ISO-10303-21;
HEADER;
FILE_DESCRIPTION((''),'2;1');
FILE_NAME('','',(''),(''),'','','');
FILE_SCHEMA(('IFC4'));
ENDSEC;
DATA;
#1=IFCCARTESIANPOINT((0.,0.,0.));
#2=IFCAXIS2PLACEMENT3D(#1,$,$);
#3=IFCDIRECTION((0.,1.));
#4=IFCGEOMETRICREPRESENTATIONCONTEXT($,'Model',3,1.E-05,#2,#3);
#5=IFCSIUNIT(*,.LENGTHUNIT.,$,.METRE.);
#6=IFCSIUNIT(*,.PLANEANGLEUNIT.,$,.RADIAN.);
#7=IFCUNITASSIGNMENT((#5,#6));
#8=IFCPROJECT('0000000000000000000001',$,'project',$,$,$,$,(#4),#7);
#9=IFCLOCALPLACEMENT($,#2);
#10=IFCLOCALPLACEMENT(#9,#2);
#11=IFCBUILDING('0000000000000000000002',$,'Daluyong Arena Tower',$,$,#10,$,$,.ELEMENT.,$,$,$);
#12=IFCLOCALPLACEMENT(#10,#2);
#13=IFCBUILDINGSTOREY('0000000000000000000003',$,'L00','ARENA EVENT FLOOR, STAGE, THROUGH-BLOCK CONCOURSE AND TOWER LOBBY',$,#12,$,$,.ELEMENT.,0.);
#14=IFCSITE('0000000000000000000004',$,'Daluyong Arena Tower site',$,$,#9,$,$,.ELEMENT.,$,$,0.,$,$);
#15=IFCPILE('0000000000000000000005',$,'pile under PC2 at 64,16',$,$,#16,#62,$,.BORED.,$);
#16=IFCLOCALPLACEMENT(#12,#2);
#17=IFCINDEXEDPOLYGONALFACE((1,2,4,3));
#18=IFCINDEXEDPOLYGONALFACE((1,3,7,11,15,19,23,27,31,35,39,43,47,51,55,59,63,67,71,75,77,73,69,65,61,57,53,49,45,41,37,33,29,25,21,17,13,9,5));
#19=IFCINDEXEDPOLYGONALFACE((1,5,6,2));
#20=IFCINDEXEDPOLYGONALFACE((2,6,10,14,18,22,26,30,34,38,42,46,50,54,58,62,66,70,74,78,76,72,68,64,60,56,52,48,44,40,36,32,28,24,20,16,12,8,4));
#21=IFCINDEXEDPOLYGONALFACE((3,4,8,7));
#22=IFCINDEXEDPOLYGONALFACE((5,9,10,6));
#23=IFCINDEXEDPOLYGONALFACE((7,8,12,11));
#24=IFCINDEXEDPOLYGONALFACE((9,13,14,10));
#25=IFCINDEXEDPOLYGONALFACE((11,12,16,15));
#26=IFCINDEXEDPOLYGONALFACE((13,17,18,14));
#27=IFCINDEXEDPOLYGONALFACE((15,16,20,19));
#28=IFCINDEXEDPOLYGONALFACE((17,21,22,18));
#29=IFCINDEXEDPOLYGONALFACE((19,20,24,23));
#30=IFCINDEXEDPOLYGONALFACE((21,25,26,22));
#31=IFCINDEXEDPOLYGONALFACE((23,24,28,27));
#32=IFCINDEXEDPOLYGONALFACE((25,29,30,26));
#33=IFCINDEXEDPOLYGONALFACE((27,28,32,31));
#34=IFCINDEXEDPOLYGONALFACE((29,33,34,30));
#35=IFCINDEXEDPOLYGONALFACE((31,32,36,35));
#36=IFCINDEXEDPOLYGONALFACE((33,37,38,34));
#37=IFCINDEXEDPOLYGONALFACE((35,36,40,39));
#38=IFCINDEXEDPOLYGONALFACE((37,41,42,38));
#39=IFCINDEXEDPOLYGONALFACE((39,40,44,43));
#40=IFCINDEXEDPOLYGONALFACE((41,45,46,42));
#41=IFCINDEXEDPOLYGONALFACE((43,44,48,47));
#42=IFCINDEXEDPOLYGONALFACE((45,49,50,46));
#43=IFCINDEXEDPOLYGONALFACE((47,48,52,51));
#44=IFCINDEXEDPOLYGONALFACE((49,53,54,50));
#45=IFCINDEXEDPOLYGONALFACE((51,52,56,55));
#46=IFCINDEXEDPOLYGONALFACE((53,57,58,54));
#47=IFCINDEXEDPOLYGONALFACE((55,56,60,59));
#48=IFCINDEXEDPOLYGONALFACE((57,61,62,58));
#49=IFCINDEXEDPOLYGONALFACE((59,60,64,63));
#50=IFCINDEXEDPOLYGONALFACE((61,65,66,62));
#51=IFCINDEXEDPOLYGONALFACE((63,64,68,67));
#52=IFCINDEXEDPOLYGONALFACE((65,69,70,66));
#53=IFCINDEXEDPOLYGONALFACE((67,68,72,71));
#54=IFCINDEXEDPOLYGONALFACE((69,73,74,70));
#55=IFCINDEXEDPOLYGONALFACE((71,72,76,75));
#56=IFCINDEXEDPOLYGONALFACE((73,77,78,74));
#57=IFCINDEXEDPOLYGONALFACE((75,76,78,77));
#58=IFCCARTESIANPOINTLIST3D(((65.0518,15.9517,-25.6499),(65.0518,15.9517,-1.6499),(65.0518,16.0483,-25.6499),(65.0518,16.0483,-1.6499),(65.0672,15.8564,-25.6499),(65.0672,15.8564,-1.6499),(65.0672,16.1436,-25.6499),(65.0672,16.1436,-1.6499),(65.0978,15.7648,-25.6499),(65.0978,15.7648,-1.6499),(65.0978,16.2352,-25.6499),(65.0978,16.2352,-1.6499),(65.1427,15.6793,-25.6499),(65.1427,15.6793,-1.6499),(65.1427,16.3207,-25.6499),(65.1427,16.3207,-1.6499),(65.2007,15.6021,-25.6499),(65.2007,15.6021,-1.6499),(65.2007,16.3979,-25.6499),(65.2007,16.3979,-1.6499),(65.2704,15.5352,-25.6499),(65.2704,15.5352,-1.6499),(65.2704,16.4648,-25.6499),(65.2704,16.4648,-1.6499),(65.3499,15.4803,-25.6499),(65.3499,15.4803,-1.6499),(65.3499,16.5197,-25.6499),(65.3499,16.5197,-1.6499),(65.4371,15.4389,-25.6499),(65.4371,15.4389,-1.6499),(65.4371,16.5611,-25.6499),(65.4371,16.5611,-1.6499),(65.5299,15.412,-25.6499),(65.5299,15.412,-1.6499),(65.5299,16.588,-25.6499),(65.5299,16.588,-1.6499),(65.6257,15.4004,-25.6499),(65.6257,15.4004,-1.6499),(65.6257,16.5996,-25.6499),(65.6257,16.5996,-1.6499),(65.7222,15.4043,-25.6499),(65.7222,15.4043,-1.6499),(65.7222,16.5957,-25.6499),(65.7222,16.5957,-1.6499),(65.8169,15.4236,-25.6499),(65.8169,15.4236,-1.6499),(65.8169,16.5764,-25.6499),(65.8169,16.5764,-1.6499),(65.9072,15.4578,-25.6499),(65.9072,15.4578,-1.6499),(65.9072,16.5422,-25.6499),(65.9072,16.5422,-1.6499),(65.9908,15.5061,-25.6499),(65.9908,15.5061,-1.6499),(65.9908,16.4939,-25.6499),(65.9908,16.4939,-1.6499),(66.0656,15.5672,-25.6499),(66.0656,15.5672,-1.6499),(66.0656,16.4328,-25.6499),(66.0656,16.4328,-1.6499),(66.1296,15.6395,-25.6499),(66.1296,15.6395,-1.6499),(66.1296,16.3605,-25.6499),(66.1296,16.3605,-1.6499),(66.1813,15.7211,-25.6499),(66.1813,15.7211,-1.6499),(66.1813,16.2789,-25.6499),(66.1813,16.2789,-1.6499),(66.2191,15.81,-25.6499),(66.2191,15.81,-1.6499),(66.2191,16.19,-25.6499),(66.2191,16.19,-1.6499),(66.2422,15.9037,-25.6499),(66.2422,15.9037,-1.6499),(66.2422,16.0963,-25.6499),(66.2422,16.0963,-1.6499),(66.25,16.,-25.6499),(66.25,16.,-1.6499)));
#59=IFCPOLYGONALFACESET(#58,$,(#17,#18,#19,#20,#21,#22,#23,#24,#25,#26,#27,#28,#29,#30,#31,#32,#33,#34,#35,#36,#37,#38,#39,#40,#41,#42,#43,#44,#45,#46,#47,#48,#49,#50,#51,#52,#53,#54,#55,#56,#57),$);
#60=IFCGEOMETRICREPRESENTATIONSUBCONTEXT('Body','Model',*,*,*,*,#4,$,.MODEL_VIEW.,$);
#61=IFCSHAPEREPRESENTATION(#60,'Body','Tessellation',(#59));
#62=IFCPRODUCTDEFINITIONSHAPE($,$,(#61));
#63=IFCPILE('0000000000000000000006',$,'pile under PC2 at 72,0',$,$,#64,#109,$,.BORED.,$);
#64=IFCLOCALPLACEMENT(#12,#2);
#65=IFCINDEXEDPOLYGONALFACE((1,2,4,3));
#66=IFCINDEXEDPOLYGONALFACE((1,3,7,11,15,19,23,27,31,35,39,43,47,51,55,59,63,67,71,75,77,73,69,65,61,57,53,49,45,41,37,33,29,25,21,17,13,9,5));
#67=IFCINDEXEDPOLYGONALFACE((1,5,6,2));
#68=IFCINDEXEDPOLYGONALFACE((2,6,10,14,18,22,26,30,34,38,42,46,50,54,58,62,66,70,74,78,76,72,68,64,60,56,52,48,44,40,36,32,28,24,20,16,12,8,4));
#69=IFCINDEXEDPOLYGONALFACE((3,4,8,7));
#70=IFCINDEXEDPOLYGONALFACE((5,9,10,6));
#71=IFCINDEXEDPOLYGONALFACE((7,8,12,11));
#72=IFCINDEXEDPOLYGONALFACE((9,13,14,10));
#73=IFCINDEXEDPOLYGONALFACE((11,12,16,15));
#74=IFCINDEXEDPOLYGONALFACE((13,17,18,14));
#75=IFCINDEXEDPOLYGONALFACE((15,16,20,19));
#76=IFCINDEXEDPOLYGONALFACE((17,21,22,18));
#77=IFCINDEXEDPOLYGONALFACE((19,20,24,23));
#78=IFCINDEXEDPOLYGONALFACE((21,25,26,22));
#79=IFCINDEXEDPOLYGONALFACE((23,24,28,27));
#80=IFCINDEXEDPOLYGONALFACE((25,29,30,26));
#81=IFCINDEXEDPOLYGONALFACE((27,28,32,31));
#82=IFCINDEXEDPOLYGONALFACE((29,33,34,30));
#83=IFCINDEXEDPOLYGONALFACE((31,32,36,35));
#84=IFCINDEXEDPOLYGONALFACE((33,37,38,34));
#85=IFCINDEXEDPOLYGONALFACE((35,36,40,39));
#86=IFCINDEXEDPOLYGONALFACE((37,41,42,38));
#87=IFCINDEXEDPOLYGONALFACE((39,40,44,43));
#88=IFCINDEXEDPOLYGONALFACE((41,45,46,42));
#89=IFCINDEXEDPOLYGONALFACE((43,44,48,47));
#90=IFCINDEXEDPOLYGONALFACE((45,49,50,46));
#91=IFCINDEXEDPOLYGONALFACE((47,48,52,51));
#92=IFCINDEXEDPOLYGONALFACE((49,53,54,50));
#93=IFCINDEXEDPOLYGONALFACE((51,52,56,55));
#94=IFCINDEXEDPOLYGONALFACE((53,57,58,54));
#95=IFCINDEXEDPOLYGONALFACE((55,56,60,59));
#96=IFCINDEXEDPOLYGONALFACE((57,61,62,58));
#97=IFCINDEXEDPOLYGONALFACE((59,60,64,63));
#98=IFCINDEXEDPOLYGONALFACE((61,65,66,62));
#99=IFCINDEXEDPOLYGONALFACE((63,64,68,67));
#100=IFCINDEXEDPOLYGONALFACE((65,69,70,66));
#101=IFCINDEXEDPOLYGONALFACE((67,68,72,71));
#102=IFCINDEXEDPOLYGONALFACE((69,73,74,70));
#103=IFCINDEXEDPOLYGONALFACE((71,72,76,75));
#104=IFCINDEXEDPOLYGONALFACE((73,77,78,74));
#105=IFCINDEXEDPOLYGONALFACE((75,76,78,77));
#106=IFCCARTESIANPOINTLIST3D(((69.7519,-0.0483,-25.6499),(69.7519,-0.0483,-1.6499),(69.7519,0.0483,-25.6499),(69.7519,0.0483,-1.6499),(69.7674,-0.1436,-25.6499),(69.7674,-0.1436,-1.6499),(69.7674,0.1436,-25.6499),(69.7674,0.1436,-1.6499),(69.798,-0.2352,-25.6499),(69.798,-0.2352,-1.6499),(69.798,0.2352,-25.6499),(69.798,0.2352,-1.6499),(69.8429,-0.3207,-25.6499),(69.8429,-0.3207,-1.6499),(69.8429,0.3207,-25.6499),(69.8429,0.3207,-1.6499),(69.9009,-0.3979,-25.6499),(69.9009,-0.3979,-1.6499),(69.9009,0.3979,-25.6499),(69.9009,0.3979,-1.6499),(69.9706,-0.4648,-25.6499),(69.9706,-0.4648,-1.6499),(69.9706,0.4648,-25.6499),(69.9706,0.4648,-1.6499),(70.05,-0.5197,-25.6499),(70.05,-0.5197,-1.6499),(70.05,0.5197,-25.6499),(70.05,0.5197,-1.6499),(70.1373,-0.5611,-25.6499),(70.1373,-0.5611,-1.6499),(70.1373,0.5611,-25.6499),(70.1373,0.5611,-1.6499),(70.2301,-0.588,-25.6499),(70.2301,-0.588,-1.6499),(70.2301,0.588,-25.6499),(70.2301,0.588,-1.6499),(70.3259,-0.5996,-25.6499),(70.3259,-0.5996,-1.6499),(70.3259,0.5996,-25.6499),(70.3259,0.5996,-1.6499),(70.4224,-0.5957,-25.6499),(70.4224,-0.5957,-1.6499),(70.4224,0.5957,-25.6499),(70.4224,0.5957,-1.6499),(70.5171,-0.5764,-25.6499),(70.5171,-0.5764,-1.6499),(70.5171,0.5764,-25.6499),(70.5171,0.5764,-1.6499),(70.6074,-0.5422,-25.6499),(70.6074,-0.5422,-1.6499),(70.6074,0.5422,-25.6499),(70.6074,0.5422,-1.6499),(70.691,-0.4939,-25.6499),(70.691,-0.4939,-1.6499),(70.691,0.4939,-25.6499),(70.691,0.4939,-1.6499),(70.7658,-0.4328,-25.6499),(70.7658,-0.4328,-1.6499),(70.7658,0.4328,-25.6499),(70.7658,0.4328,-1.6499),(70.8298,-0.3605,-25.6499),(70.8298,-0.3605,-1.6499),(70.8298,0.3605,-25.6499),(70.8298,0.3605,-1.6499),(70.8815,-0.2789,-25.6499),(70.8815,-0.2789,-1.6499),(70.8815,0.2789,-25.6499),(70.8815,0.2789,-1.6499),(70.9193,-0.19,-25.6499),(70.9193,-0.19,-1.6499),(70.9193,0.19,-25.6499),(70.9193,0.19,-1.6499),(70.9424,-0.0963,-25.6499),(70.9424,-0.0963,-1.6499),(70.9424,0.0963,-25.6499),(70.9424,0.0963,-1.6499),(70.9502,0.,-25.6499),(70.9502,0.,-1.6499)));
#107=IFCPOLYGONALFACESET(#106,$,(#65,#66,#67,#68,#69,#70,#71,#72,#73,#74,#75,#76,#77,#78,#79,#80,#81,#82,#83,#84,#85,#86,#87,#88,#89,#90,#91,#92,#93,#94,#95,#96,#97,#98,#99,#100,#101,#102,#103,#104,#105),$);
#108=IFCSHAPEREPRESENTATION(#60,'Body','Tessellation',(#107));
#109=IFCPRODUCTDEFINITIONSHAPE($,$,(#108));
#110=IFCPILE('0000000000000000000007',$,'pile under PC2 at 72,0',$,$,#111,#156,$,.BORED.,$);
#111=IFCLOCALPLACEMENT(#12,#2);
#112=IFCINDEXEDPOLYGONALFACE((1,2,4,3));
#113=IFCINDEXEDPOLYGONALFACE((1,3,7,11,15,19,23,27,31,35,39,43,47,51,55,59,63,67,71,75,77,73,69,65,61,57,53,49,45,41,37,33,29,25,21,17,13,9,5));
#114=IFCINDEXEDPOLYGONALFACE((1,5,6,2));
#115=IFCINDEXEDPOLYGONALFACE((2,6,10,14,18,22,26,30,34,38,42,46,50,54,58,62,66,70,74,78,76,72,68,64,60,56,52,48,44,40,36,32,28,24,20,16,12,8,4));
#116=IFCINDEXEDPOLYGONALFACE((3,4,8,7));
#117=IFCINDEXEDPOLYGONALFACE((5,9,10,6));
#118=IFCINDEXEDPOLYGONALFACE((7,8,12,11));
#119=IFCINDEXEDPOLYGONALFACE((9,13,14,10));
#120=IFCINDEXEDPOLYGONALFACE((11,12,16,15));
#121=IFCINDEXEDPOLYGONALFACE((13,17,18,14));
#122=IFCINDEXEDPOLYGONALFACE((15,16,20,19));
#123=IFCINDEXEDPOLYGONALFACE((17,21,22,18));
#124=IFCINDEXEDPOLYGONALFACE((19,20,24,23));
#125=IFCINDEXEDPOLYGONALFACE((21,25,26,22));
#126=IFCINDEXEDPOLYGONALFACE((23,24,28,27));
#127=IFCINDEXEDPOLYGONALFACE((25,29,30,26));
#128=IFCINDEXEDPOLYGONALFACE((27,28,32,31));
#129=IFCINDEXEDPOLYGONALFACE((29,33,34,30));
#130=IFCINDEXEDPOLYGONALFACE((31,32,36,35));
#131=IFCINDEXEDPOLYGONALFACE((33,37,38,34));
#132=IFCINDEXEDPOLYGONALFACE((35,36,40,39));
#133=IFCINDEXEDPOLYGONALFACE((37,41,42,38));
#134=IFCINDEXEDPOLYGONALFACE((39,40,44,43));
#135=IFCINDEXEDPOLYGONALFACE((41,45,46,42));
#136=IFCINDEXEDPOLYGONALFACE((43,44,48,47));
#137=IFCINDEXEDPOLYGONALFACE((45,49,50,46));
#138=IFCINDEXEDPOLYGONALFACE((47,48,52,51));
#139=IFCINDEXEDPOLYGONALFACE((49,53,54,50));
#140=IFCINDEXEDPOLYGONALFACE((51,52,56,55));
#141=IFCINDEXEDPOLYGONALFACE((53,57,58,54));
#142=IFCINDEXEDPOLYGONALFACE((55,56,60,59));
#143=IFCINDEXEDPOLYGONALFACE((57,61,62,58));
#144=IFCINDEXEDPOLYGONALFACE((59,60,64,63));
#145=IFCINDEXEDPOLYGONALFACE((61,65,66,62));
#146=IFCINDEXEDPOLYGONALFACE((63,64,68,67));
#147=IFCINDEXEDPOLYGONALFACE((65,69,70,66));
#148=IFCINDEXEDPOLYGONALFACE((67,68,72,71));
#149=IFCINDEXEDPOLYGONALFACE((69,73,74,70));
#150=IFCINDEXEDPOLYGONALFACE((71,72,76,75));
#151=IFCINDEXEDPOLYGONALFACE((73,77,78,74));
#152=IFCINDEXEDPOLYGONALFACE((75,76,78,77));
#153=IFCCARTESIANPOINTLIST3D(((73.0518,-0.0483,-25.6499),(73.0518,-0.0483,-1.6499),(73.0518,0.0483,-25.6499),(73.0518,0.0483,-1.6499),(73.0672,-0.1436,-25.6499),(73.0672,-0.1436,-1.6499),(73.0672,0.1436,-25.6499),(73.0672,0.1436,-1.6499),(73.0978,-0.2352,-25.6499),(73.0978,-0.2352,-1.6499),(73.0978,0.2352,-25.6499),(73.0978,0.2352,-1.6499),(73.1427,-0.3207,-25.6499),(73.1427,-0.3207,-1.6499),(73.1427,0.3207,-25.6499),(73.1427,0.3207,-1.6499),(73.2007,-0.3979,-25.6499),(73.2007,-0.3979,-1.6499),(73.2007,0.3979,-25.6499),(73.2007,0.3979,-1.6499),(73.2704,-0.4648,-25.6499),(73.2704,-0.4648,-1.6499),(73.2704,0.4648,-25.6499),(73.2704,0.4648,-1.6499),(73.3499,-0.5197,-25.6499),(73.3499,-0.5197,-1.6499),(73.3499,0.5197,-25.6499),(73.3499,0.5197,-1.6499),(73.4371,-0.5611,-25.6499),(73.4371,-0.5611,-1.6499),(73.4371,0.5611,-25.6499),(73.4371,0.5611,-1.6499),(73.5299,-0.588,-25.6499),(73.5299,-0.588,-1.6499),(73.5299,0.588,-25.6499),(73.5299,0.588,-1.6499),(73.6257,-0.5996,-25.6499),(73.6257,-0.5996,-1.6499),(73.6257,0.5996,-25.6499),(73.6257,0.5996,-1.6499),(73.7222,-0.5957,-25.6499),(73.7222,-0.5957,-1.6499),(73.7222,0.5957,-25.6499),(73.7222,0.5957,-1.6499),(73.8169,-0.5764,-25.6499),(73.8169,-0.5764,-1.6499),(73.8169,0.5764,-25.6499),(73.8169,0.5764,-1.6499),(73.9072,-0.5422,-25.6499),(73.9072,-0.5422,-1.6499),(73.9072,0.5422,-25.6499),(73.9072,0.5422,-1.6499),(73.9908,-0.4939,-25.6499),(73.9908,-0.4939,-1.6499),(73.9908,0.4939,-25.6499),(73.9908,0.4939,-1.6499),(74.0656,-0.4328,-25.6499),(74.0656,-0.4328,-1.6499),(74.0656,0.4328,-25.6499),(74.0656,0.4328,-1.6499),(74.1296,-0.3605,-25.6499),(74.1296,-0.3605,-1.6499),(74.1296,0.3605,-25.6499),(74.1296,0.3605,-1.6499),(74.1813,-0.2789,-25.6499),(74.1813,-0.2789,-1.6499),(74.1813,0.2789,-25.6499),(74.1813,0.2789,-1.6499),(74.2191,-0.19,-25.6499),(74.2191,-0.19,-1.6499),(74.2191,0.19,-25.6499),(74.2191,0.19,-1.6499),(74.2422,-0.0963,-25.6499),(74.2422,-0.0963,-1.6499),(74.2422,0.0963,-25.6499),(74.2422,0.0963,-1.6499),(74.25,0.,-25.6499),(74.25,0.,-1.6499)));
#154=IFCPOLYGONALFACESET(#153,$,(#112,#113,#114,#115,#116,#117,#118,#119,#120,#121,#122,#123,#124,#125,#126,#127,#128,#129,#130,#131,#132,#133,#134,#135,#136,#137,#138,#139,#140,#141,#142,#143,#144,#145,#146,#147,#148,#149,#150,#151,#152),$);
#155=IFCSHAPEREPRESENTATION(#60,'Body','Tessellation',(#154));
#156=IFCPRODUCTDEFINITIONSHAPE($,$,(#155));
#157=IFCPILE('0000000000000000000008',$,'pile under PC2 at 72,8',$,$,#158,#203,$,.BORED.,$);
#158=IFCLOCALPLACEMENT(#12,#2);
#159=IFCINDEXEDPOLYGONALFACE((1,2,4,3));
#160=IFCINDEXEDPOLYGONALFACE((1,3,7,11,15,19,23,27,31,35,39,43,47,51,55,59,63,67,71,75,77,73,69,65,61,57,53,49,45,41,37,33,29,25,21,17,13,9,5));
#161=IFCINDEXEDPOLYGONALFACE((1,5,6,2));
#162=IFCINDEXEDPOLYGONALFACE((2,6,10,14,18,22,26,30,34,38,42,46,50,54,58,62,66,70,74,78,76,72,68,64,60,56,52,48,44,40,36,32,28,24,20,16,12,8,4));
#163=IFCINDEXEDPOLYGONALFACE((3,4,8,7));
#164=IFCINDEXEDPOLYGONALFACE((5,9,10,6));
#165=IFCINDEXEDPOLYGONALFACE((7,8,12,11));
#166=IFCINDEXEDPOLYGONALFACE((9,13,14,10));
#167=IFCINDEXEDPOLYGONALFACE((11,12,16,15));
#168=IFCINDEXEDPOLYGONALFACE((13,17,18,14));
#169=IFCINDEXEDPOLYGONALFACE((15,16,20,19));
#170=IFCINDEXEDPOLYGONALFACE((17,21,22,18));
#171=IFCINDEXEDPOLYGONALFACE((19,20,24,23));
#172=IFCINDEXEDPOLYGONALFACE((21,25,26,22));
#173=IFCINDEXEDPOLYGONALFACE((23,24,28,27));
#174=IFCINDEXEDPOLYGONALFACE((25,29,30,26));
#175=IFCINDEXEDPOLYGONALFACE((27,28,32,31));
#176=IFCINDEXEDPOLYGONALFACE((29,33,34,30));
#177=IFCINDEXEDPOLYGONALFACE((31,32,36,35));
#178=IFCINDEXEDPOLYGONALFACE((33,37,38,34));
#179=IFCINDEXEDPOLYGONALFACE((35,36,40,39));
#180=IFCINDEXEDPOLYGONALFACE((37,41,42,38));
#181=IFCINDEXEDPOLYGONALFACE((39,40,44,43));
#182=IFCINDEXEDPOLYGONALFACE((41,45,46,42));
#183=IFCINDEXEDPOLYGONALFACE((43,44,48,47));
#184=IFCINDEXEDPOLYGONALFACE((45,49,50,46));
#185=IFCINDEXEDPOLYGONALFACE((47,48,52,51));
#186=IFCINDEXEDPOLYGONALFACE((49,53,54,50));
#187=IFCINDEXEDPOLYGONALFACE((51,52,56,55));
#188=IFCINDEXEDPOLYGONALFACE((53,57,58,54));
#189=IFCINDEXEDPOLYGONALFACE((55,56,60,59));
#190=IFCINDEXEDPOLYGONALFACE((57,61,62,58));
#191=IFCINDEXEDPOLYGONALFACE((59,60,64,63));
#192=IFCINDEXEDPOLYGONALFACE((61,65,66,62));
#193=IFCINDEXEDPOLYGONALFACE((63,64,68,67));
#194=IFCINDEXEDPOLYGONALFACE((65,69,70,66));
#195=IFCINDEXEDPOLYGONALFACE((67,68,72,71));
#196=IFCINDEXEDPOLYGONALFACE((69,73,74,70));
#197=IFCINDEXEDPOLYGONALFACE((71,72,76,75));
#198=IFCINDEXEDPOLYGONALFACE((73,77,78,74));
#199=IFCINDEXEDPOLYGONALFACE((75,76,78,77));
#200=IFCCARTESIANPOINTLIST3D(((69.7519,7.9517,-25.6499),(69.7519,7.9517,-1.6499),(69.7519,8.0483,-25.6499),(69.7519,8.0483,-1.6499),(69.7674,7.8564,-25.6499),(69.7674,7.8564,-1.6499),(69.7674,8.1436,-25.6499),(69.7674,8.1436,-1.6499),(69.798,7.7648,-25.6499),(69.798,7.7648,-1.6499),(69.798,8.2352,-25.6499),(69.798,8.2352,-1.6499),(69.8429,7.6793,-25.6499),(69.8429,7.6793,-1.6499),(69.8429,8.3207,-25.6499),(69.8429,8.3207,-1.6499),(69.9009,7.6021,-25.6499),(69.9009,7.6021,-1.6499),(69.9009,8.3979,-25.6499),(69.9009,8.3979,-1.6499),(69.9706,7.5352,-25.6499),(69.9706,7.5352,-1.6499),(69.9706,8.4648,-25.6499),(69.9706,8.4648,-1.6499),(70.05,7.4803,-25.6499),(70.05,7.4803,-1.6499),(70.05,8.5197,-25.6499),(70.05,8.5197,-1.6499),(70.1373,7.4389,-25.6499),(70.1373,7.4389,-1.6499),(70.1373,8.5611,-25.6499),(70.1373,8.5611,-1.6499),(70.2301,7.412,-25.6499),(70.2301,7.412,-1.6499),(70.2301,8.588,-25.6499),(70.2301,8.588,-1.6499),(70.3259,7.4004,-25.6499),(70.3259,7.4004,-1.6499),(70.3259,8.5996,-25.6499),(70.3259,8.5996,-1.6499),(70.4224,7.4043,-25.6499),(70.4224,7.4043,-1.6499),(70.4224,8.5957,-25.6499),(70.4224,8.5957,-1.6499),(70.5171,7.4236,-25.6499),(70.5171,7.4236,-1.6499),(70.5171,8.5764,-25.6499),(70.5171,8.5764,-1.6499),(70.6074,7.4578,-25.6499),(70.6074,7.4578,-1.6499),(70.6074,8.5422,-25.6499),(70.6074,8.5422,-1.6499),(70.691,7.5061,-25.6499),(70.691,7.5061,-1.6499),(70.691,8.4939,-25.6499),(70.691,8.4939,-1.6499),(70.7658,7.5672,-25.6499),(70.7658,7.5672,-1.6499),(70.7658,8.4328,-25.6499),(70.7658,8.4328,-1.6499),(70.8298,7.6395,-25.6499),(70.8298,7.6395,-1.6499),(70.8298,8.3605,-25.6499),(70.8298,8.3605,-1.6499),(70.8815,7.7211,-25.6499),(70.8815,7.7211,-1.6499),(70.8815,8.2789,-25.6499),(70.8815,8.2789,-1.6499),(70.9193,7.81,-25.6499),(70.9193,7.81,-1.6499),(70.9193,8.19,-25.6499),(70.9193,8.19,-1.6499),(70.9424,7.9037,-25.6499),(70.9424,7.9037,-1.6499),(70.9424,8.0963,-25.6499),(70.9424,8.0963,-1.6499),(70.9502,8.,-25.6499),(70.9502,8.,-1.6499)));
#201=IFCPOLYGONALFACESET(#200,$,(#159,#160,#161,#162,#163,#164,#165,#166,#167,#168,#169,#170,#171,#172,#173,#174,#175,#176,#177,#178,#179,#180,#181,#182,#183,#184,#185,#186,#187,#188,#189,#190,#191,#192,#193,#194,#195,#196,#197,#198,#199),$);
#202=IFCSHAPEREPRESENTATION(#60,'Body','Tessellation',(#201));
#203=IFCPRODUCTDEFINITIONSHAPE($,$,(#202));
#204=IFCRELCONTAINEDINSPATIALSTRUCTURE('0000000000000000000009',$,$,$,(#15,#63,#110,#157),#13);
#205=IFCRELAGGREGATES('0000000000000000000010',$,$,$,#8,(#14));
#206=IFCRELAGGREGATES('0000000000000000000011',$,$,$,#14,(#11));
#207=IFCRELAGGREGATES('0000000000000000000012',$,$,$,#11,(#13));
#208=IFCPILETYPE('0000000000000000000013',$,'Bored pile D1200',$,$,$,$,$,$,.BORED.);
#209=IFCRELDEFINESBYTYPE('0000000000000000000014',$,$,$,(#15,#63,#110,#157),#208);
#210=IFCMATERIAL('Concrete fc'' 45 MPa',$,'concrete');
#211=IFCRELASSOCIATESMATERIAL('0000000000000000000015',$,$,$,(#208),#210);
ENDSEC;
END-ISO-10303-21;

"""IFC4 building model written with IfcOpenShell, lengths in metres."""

from ifc_helpers import new_model, si_unit, direction, frame, origin, origin_2d, place, context, subcontext, project, spatial, circle, extrude, material, type_object, element, save


model = new_model("IFC4")

# Units and contexts
model_context = context("Model", 3, precision=1e-05, world=origin(), true_north=direction((0.0, 1.0)))
body_context = subcontext(model_context, "Body", "Model", "MODEL_VIEW")
ifc_project = project(units=[si_unit("LENGTHUNIT", "METRE"), si_unit("PLANEANGLEUNIT", "RADIAN")], contexts=[model_context])

# Site, building, storey
site_placement = place(None, origin())
site = spatial("IfcSite", under=ifc_project, at=site_placement, Name="Daluyong Arena Tower site", CompositionType="ELEMENT", RefElevation=0.0)
building_placement = place(site_placement, origin())
building = spatial("IfcBuilding", under=site, at=building_placement, Name="Daluyong Arena Tower", CompositionType="ELEMENT")
storey_placement = place(building_placement, origin())
storey = spatial("IfcBuildingStorey", under=building, at=storey_placement, Name="L00", Description="ARENA EVENT FLOOR, STAGE, THROUGH-BLOCK CONCOURSE AND TOWER LOBBY", CompositionType="ELEMENT", Elevation=0.0)

# Piles
ifc_material_1 = material(Name="Concrete fc' 45 MPa", Category="concrete")
pile_type = type_object("IfcPileType", Name="Bored pile D1200", PredefinedType="BORED", material=ifc_material_1)
for number, where, z_axis, x_axis, name in (
    (1, (65.6499, 16.0, -1.6499), (0.0, 0.0, -1.0), (1.0, 0.0, 0.0), "pile under PC2 at 64,16"),
    (2, (70.3501, 0.0, -1.6499), (0.0, 0.0, -1.0), (1.0, 0.0, 0.0), "pile under PC2 at 72,0"),
    (3, (73.6499, 0.0, -1.6499), (0.0, 0.0, -1.0), (1.0, 0.0, 0.0), "pile under PC2 at 72,0"),
    (4, (70.3501, 8.0, -1.6499), (0.0, 0.0, -1.0), (1.0, 0.0, 0.0), "pile under PC2 at 72,8"),
):
    element("IfcPile", number, at=place(storey_placement, frame(where, z_axis=z_axis, x_axis=x_axis)), inside=storey, type_object=pile_type, Name=name, PredefinedType="BORED", context=body_context, shape_type="SweptSolid", body=[
        extrude(circle(Radius=0.6001, at=origin_2d()), origin(), (0.0, 0.0, 1.0), 24.0),
    ])

save(model, "model.ifc")
